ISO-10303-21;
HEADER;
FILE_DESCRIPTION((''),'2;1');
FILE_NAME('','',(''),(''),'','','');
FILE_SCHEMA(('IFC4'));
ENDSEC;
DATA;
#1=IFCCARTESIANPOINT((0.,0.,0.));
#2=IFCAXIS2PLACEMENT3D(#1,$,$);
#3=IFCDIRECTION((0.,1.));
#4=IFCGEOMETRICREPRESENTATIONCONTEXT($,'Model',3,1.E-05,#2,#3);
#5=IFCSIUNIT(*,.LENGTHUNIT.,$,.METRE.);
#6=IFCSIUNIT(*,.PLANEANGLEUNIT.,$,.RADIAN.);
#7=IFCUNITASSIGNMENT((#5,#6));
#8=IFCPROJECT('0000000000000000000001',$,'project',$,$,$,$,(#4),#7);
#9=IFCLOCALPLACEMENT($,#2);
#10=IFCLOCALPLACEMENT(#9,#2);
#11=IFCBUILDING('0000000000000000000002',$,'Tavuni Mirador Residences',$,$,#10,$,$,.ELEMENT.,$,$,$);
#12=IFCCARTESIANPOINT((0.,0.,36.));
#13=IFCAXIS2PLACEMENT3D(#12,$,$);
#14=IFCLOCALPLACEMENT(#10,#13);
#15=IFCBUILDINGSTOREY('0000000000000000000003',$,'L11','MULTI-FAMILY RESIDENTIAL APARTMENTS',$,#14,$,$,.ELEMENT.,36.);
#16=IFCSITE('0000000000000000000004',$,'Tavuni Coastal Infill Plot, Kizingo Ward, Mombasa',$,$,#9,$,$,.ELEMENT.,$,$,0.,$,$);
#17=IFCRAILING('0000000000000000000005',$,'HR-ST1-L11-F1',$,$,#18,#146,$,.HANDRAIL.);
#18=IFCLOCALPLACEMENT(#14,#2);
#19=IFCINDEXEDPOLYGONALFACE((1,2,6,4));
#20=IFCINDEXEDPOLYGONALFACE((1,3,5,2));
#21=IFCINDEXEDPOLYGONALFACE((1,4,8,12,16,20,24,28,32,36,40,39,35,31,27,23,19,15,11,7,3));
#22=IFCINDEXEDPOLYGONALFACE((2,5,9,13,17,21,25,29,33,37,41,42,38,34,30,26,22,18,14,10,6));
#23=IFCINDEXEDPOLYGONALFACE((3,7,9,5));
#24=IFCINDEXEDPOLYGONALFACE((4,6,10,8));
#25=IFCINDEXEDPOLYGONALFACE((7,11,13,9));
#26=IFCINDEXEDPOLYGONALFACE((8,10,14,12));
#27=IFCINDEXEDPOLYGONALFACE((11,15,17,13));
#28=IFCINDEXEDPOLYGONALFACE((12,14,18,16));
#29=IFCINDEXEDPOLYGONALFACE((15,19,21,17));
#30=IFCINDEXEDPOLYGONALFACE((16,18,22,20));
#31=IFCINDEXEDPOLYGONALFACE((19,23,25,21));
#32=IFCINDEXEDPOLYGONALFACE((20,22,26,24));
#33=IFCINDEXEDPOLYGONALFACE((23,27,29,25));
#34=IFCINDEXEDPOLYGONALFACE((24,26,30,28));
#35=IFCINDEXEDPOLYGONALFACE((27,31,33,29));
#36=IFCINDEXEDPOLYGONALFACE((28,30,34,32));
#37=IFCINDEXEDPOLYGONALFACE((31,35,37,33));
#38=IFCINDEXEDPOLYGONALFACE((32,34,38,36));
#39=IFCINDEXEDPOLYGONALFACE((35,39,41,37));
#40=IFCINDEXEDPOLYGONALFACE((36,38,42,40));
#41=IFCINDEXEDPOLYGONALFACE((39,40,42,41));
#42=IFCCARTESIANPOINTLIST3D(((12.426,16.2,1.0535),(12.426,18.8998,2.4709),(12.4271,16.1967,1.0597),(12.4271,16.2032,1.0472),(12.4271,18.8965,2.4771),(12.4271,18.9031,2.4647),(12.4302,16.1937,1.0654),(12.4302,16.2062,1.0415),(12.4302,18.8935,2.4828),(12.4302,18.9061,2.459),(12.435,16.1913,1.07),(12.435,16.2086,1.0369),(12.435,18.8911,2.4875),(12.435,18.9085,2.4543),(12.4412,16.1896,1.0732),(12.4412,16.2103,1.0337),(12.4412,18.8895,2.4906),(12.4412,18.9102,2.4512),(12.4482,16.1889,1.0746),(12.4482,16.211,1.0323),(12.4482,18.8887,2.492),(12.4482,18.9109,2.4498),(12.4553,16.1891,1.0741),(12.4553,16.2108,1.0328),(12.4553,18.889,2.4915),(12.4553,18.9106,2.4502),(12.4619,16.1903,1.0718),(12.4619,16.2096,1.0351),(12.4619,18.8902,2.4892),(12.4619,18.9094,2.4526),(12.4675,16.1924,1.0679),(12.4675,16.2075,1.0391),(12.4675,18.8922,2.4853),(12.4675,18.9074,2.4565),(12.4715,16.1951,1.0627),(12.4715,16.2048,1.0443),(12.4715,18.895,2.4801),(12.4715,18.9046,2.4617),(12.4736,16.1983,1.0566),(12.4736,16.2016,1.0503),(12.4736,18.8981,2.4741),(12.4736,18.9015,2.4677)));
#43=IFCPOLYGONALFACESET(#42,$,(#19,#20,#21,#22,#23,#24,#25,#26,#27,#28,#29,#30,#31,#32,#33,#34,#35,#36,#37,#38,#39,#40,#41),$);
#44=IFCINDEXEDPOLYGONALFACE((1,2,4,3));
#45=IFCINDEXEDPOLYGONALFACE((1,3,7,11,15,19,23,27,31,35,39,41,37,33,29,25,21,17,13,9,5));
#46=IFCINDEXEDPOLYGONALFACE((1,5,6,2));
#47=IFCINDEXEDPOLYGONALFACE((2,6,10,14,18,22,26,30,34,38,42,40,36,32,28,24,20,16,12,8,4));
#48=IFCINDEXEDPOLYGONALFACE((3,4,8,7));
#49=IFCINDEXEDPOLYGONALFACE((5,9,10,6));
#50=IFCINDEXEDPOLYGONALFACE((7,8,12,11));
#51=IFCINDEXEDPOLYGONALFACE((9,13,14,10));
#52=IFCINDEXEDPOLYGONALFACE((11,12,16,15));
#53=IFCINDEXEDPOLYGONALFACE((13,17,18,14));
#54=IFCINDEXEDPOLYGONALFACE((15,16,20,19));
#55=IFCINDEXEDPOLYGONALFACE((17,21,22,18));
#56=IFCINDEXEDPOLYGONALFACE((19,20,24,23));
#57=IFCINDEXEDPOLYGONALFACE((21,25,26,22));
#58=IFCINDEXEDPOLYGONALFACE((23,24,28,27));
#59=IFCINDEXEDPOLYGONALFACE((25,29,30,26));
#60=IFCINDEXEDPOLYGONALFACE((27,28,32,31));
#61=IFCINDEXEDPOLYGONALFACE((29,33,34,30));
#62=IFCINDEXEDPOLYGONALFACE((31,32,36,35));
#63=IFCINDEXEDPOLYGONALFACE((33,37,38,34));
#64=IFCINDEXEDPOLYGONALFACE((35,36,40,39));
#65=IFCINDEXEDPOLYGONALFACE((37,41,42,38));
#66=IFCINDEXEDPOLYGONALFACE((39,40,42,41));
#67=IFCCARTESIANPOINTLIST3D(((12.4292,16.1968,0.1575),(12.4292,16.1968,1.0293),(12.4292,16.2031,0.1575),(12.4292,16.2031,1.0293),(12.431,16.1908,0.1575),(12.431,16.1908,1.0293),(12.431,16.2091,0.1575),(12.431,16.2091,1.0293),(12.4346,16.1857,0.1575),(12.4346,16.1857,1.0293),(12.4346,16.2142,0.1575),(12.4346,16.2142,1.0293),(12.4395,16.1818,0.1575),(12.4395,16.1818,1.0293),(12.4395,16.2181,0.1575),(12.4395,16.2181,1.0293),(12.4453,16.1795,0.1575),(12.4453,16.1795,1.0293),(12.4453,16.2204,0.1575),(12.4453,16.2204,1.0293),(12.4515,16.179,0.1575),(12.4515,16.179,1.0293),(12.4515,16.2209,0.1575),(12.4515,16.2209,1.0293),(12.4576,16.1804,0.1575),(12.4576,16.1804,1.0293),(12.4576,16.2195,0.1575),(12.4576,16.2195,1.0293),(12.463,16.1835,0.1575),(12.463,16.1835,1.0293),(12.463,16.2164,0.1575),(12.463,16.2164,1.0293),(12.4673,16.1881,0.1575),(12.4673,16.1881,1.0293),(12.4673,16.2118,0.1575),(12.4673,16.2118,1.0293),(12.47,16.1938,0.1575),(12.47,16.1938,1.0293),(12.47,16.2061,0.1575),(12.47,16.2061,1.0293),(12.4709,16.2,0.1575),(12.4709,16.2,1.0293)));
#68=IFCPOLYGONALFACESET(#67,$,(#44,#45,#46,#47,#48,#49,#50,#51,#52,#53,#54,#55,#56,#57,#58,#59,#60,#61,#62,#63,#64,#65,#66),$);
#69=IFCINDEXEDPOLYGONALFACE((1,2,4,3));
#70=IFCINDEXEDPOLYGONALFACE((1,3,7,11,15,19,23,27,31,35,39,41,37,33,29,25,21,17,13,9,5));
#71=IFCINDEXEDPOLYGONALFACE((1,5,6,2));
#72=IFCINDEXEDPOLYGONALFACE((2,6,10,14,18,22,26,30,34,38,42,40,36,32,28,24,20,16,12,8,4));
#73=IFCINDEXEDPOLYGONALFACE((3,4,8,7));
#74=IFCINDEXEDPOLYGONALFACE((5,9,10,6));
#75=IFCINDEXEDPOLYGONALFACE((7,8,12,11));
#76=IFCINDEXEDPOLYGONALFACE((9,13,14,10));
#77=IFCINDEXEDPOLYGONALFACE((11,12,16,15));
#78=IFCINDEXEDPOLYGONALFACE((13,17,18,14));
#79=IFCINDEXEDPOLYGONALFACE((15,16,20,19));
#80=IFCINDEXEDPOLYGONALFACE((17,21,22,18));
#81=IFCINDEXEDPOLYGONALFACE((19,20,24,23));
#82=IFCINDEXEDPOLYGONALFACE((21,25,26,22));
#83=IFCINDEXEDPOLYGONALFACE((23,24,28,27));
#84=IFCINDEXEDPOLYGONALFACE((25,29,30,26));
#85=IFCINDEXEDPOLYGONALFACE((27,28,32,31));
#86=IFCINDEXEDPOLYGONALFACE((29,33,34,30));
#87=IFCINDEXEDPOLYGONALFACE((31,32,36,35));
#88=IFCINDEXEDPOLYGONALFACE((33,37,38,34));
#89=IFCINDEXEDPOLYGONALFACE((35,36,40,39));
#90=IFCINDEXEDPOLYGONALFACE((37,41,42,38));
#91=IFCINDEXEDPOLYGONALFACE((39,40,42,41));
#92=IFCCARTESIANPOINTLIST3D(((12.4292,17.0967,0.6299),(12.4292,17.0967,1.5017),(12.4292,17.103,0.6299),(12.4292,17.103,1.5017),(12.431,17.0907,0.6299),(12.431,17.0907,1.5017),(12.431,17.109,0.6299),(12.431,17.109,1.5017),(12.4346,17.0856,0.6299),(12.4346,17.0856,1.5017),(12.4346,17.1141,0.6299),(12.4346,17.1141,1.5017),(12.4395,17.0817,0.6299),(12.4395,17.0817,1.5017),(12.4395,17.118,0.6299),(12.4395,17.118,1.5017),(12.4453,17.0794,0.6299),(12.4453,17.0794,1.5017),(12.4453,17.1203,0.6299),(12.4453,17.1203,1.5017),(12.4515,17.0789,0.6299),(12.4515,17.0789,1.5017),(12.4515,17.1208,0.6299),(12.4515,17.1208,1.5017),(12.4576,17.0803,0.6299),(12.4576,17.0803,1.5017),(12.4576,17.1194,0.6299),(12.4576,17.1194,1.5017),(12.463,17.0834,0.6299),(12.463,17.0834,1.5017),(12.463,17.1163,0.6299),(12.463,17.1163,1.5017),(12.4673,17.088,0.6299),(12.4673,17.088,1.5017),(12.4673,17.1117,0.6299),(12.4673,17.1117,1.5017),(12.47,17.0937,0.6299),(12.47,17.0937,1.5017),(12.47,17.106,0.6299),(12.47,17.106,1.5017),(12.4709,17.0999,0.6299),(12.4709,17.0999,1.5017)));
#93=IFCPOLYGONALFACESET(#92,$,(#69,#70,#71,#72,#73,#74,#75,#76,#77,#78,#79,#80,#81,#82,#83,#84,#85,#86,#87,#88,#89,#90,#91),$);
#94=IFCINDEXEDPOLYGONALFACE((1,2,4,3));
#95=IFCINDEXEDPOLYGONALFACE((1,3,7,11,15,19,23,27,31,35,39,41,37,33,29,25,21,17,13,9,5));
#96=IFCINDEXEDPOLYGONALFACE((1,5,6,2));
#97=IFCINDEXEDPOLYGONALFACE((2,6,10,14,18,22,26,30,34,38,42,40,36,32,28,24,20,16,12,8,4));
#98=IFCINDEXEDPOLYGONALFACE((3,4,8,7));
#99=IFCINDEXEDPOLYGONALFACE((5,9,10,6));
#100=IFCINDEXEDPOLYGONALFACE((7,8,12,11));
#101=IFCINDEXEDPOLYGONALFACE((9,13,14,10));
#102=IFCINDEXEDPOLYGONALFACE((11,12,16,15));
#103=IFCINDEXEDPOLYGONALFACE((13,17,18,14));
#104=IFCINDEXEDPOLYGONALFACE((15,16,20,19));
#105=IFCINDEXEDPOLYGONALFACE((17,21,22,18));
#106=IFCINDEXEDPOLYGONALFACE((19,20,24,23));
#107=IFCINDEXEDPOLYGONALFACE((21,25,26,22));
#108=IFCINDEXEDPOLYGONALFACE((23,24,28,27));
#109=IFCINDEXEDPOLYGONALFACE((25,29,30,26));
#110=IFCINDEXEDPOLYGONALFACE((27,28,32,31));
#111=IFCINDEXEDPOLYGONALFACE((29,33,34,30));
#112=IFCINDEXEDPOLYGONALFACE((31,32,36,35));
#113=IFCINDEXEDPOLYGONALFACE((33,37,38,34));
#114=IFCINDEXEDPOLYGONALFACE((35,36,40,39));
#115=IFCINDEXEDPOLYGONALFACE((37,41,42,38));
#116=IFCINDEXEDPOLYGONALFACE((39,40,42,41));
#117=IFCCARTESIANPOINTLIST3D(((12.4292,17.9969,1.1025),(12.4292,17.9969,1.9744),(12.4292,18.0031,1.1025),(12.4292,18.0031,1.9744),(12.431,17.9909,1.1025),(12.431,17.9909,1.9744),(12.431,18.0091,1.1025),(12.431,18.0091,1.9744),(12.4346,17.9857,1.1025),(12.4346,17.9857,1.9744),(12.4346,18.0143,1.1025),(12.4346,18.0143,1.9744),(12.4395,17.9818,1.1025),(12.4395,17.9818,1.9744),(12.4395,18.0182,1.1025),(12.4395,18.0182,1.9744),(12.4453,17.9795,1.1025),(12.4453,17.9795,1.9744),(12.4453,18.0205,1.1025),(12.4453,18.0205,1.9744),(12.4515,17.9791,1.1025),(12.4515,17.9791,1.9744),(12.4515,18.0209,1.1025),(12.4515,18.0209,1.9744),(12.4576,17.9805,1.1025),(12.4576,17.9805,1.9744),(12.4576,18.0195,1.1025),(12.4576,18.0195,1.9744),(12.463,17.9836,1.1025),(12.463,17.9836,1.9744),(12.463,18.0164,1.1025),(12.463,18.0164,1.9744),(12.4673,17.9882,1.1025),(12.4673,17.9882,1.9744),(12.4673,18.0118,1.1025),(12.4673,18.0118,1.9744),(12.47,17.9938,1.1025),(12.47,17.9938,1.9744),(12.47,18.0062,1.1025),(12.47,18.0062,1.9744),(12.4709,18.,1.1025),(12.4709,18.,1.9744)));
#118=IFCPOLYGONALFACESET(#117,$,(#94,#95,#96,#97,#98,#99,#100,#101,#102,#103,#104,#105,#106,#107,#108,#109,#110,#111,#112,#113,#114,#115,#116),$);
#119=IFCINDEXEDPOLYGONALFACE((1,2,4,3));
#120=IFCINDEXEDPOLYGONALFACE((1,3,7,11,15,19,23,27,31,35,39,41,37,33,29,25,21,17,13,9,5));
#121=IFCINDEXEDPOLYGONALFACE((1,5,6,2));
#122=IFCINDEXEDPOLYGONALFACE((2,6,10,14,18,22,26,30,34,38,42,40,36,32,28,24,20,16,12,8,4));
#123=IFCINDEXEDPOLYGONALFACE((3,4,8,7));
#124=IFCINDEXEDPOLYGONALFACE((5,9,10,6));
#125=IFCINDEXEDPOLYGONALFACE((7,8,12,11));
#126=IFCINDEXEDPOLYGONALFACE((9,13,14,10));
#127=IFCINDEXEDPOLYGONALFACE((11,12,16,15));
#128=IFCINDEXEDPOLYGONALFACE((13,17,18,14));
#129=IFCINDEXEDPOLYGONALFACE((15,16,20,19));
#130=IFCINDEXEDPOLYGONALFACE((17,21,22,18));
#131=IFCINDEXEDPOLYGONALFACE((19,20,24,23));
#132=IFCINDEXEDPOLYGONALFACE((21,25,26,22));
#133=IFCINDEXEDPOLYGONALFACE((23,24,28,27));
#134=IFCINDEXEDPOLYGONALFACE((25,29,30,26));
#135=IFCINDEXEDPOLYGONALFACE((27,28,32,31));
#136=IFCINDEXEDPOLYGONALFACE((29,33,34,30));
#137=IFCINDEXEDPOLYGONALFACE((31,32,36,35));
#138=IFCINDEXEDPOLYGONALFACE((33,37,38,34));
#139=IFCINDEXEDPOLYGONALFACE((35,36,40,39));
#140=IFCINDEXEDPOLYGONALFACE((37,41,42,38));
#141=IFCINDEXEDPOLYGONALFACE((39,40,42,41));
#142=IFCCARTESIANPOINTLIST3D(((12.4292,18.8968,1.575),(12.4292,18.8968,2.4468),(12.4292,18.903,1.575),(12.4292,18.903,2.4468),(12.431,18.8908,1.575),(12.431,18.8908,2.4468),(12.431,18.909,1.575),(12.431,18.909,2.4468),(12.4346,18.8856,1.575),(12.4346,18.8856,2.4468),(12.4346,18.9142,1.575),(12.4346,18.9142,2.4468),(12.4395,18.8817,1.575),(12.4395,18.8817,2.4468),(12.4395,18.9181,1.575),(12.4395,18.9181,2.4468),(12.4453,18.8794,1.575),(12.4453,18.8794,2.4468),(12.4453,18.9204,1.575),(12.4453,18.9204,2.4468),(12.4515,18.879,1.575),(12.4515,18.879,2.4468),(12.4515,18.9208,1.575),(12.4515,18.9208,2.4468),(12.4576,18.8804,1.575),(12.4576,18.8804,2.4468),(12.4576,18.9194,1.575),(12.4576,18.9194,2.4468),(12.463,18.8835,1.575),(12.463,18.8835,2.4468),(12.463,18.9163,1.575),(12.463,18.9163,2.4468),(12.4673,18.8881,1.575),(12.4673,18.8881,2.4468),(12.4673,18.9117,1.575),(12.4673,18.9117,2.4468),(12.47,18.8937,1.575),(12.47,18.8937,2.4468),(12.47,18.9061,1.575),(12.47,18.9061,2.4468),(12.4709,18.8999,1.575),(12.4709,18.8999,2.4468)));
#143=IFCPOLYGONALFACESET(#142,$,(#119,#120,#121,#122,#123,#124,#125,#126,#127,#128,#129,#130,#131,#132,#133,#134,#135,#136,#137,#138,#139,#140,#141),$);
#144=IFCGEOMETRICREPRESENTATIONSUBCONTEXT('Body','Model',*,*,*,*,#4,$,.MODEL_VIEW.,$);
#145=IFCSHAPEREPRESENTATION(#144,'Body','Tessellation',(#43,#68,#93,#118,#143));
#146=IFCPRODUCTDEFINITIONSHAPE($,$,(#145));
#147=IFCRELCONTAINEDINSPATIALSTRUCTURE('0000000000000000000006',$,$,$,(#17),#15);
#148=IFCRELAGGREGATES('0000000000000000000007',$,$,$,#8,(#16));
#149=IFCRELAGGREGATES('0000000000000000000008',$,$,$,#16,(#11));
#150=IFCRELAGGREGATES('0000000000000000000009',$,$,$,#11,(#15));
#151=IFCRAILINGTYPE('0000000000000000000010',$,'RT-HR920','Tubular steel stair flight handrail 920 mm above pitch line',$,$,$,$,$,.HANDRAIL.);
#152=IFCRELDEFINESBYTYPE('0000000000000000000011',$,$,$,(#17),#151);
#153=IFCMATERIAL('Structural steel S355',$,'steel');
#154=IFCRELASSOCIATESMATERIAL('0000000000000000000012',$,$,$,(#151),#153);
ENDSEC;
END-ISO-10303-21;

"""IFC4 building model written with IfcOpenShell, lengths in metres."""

from ifc_helpers import new_model, si_unit, direction, frame, origin, origin_2d, place, context, subcontext, project, spatial, circle, extrude, material, type_object, element, save


model = new_model("IFC4")

# Units and contexts
model_context = context("Model", 3, precision=1e-05, world=origin(), true_north=direction((0.0, 1.0)))
body_context = subcontext(model_context, "Body", "Model", "MODEL_VIEW")
ifc_project = project(units=[si_unit("LENGTHUNIT", "METRE"), si_unit("PLANEANGLEUNIT", "RADIAN")], contexts=[model_context])

# Site, building, storey
site_placement = place(None, origin())
site = spatial("IfcSite", under=ifc_project, at=site_placement, Name="Tavuni Coastal Infill Plot, Kizingo Ward, Mombasa", CompositionType="ELEMENT", RefElevation=0.0)
building_placement = place(site_placement, origin())
building = spatial("IfcBuilding", under=site, at=building_placement, Name="Tavuni Mirador Residences", CompositionType="ELEMENT")
storey_placement = place(building_placement, frame((0.0, 0.0, 36.0)))
storey = spatial("IfcBuildingStorey", under=building, at=storey_placement, Name="L11", Description="MULTI-FAMILY RESIDENTIAL APARTMENTS", CompositionType="ELEMENT", Elevation=36.0)

# Shared definitions
ifc_material_1 = material(Name="Structural steel S355", Category="steel")

# Railing
railing_type_1 = type_object("IfcRailingType", Name="RT-HR920", Description="Tubular steel stair flight handrail 920 mm above pitch line", PredefinedType="HANDRAIL", material=ifc_material_1)
railing_1_placement = place(storey_placement, frame((12.45, 16.2, 0.1575)))
element("IfcRailing", 1, at=railing_1_placement, inside=storey, type_object=railing_type_1, Name="HR-ST1-L11-F1", PredefinedType="HANDRAIL", context=body_context, shape_type="SweptSolid", body=[
    extrude(circle(Radius=0.0239, at=origin_2d()), frame((0.0, 0.0, 0.896), z_axis=(0.0, 0.885397, 0.464835), x_axis=(-1.0, 0.0, 0.0)), (0.0, 0.0, 1.0), 3.0493),
    extrude(circle(Radius=0.021, at=origin_2d()), origin(), (0.0, 0.0, 1.0), 0.8718),
    extrude(circle(Radius=0.021, at=origin_2d()), frame((0.0, 0.8999, 0.4724)), (0.0, 0.0, 1.0), 0.8718),
    extrude(circle(Radius=0.021, at=origin_2d()), frame((0.0, 1.8, 0.9451)), (0.0, 0.0, 1.0), 0.8718),
    extrude(circle(Radius=0.021, at=origin_2d()), frame((0.0, 2.7, 1.4175)), (0.0, 0.0, 1.0), 0.8718),
])

save(model, "model.ifc")
